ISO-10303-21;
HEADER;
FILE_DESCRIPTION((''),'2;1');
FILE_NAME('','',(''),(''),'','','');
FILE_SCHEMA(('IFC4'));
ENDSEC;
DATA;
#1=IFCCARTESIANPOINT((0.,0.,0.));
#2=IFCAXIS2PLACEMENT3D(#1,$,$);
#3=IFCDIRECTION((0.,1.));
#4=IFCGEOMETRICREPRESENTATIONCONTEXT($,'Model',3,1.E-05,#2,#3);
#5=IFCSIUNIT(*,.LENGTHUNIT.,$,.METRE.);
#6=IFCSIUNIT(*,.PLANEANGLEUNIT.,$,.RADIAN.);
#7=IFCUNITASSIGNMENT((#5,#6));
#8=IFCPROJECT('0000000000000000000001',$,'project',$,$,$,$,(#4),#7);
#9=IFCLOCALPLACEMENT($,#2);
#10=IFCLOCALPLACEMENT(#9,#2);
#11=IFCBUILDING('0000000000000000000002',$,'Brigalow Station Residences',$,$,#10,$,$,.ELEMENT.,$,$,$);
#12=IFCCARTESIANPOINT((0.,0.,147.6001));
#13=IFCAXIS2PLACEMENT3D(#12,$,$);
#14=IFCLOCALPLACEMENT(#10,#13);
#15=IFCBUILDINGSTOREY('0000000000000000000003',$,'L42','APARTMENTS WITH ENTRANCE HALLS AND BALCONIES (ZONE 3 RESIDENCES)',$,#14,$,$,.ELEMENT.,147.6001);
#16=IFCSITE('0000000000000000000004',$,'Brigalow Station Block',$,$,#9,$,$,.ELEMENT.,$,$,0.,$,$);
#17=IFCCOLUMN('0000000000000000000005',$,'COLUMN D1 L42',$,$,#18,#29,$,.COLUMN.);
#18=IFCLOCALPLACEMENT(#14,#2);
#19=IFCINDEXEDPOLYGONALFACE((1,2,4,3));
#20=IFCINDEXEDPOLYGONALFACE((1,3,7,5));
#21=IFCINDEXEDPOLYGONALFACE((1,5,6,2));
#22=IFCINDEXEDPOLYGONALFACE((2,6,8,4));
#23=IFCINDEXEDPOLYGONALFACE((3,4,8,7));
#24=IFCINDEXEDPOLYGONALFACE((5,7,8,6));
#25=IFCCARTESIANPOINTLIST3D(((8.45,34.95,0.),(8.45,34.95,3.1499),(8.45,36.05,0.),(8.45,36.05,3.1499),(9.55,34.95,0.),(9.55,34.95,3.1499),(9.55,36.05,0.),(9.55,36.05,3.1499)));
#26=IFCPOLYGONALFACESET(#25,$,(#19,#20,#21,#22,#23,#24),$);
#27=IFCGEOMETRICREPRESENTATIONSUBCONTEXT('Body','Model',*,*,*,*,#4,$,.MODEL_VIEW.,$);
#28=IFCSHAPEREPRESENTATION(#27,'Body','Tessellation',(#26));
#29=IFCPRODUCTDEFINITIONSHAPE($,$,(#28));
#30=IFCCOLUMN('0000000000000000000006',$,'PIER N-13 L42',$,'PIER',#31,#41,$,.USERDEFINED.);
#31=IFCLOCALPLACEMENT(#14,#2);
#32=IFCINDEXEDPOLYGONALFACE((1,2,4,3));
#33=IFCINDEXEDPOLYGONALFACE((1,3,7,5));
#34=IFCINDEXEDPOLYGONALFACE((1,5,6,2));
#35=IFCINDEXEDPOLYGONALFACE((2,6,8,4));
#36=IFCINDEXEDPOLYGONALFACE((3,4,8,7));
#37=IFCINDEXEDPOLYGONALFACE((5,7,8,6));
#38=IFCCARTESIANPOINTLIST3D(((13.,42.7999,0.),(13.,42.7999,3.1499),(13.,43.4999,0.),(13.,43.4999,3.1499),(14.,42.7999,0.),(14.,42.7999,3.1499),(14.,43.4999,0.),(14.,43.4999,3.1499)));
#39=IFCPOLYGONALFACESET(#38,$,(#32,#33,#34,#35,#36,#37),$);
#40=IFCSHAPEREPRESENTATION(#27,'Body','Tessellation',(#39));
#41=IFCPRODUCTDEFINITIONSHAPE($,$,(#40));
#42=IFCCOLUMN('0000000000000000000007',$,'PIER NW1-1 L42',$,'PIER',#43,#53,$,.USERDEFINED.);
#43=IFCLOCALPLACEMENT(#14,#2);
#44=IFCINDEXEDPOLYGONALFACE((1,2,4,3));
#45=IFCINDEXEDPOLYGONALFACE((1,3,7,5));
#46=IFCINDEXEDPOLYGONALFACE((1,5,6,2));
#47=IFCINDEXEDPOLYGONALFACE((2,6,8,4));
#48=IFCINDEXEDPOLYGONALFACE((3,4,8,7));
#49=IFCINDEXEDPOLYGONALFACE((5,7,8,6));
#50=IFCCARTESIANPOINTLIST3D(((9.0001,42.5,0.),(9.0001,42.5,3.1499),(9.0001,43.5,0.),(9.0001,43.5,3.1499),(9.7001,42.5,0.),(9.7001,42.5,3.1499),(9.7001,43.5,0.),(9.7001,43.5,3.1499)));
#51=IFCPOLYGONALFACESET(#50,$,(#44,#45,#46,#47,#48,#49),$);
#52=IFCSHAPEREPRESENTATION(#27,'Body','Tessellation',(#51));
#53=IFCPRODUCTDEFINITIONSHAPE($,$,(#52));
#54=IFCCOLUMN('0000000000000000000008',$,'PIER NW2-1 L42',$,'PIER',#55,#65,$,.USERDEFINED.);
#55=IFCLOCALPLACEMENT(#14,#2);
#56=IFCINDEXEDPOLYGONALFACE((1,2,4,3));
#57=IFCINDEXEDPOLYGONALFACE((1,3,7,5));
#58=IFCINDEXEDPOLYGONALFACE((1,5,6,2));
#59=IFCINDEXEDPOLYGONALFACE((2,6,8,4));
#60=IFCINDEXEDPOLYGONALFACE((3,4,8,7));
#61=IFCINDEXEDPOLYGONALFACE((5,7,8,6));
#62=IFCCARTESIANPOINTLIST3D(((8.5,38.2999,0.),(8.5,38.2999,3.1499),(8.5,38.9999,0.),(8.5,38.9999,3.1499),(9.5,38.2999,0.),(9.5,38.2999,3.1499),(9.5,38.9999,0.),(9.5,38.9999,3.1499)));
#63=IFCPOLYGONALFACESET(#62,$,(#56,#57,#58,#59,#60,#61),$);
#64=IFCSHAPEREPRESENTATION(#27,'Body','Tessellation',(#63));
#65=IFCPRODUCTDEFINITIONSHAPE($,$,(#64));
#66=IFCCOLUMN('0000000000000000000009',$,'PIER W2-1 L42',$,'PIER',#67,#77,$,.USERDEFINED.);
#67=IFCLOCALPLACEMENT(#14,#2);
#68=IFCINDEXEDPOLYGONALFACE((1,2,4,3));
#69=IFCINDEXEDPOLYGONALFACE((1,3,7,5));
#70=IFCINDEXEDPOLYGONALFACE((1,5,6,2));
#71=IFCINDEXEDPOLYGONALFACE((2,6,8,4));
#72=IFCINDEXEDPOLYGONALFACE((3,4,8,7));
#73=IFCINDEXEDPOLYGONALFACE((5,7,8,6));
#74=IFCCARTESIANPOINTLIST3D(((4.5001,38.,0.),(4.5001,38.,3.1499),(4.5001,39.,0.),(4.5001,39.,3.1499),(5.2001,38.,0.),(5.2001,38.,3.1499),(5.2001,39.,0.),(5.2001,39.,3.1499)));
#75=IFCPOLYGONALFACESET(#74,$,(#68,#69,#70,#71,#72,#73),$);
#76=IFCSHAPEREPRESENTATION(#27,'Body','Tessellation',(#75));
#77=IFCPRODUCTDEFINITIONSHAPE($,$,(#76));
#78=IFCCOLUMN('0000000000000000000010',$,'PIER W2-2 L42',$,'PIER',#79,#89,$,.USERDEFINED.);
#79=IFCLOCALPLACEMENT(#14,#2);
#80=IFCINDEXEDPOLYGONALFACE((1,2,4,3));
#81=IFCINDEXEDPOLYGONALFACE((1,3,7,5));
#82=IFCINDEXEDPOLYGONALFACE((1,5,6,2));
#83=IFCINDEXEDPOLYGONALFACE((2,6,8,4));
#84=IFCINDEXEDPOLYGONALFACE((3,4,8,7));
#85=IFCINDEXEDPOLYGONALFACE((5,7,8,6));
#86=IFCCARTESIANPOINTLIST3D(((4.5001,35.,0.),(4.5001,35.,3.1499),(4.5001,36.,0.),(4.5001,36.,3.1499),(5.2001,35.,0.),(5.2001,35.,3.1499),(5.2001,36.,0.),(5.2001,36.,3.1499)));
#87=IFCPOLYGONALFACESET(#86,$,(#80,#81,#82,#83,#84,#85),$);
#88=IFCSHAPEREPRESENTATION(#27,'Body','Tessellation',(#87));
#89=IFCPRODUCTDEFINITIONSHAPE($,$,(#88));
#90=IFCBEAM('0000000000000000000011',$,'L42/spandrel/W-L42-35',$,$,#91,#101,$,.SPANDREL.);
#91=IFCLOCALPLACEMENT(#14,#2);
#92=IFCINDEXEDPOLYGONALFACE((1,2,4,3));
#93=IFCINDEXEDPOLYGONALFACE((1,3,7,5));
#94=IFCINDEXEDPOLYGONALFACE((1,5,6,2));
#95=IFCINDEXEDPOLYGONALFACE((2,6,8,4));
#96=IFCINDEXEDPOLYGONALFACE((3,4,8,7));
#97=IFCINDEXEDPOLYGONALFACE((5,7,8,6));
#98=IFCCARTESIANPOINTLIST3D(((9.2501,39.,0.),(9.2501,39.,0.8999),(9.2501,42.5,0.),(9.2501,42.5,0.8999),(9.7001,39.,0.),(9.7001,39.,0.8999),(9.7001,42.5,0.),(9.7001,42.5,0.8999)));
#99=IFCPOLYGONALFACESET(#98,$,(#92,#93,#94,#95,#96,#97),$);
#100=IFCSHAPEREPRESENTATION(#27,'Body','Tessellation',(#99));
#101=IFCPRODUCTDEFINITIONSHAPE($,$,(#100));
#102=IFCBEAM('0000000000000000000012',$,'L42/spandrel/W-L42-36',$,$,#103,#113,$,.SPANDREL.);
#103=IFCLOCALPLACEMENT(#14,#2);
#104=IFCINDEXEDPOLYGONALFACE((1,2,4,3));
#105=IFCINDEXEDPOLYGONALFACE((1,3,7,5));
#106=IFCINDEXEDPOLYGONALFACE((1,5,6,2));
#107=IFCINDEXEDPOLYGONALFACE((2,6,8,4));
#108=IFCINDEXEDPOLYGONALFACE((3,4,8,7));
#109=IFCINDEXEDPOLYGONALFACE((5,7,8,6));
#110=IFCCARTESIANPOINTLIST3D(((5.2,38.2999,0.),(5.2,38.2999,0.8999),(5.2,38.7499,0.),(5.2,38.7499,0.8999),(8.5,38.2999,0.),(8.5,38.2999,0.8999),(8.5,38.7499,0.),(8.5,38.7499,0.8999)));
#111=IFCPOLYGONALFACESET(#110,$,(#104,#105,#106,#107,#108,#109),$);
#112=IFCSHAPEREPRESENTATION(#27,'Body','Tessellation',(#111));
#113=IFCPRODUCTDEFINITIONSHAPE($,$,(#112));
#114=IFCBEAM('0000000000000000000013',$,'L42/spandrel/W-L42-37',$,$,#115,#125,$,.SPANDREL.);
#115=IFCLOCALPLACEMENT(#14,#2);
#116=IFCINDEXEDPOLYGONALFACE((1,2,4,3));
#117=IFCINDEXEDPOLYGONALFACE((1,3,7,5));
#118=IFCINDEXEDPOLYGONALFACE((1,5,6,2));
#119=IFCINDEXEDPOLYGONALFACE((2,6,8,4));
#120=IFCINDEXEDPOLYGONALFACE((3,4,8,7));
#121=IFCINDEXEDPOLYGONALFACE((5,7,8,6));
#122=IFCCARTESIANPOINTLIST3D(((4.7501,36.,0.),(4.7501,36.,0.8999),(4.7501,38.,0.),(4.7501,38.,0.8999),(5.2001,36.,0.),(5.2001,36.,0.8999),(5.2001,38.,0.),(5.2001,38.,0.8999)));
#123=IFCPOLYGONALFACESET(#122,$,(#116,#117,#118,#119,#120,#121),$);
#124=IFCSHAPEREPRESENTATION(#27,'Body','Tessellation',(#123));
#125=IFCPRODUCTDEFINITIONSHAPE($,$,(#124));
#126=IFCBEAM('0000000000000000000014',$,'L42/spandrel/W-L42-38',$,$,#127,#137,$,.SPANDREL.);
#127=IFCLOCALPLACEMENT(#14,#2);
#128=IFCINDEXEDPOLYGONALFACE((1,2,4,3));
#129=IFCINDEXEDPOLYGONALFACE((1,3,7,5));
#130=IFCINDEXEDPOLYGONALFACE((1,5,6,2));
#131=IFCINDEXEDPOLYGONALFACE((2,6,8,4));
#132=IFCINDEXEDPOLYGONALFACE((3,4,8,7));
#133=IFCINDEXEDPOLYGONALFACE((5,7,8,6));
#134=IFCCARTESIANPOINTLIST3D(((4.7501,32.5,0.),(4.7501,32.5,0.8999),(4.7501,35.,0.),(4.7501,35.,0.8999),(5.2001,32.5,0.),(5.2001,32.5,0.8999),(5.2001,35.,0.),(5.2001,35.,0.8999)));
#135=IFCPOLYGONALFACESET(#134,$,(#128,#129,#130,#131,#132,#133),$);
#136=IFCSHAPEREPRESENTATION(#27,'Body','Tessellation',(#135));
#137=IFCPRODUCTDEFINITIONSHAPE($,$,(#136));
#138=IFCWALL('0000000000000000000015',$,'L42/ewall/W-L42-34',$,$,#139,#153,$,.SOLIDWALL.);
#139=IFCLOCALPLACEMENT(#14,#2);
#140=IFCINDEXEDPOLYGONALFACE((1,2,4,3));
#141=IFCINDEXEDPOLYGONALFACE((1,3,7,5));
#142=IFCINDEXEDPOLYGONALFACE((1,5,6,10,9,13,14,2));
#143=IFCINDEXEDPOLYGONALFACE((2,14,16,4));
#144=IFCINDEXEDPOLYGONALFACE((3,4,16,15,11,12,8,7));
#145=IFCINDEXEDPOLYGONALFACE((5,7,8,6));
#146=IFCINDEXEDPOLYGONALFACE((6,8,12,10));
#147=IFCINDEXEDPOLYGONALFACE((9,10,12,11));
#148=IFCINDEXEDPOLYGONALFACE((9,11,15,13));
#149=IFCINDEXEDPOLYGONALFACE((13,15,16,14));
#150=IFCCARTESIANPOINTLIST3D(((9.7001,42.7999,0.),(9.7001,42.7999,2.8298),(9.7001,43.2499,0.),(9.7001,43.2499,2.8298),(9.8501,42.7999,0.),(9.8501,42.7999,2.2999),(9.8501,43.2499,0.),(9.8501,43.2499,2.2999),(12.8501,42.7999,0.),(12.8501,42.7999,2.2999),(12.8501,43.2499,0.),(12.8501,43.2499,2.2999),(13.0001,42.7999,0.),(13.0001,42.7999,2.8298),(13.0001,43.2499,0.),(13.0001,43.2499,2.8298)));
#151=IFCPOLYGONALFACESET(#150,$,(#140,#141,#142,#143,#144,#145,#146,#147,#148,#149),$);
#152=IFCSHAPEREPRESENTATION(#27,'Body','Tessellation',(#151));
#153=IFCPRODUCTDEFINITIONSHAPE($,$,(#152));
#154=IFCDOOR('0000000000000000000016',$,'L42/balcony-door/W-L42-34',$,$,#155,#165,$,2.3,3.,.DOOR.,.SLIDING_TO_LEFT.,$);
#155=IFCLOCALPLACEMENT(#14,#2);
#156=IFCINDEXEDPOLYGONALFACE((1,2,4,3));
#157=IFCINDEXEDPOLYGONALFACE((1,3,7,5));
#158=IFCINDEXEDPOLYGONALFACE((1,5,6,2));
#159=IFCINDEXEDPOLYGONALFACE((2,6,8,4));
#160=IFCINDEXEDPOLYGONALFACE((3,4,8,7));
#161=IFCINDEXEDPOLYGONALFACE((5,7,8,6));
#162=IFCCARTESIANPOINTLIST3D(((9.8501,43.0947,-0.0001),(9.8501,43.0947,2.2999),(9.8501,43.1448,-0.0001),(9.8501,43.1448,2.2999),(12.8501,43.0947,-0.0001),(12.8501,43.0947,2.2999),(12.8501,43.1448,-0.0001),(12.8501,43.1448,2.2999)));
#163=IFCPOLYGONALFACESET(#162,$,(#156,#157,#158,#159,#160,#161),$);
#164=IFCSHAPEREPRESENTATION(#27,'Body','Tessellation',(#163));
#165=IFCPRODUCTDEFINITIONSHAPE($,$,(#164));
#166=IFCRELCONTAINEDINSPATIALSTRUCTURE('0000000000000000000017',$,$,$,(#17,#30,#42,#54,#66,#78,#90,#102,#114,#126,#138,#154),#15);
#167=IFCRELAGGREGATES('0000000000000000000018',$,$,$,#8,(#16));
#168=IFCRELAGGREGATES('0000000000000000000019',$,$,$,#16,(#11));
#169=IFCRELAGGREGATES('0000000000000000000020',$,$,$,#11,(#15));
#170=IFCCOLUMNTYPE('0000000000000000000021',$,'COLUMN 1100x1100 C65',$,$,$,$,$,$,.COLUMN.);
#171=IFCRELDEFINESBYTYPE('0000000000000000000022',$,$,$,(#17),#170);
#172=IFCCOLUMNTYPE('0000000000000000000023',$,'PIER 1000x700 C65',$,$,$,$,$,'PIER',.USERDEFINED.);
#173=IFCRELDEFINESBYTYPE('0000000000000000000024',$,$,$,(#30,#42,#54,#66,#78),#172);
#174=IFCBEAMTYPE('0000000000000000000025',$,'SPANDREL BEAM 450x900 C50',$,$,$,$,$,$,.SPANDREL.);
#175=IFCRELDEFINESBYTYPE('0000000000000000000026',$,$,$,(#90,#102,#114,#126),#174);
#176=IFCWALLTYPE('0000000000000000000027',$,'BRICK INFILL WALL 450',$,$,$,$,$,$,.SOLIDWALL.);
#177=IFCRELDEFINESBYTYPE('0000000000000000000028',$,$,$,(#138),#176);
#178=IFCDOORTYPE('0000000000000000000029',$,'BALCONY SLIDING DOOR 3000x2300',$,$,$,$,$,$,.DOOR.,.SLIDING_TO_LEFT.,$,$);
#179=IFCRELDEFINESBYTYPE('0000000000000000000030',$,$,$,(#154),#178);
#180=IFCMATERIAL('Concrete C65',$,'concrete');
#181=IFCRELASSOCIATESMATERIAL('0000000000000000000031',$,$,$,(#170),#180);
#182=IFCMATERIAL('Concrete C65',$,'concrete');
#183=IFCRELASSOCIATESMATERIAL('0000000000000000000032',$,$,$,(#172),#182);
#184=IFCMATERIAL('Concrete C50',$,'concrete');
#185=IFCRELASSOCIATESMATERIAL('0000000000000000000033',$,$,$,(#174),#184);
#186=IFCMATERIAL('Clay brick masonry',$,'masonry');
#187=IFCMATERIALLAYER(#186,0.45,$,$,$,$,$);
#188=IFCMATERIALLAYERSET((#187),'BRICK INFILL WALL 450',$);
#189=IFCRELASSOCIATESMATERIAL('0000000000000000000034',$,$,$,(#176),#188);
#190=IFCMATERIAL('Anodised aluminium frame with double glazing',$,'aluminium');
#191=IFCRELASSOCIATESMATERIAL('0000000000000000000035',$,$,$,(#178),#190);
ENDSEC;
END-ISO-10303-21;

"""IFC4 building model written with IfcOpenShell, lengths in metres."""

from ifc_helpers import new_model, si_unit, direction, frame, frame_2d, origin, origin_2d, place, context, subcontext, project, spatial, rectangle, extrude, material, layer, layer_set, material_profile, profile_set, type_object, element, fill, save


model = new_model("IFC4")

# Units and contexts
model_context = context("Model", 3, precision=1e-05, world=origin(), true_north=direction((0.0, 1.0)))
body_context = subcontext(model_context, "Body", "Model", "MODEL_VIEW")
ifc_project = project(units=[si_unit("LENGTHUNIT", "METRE"), si_unit("PLANEANGLEUNIT", "RADIAN")], contexts=[model_context])

# Site, building, storey
site_placement = place(None, origin())
site = spatial("IfcSite", under=ifc_project, at=site_placement, Name="Brigalow Station Block", CompositionType="ELEMENT", RefElevation=0.0)
building_placement = place(site_placement, origin())
building = spatial("IfcBuilding", under=site, at=building_placement, Name="Brigalow Station Residences", CompositionType="ELEMENT")
storey_placement = place(building_placement, frame((0.0, 0.0, 147.6001)))
storey = spatial("IfcBuildingStorey", under=building, at=storey_placement, Name="L42", Description="APARTMENTS WITH ENTRANCE HALLS AND BALCONIES (ZONE 3 RESIDENCES)", CompositionType="ELEMENT", Elevation=147.6001)

# Columns
ifc_material_1 = material(Name="Concrete C65", Category="concrete")
ifc_material_profile_1 = material_profile(ifc_material_1, rectangle(XDim=1.1001, YDim=1.1001, at=origin_2d()), Name="RC1100x1100")
ifc_profile_set_1 = profile_set([ifc_material_profile_1], Name="Concrete C65")
column_type_1 = type_object("IfcColumnType", Name="COLUMN 1100x1100 C65", PredefinedType="COLUMN", material=ifc_profile_set_1)
column_placement = place(storey_placement, frame((9.0, 35.5, 0.0), z_axis=(0.0, 0.0, 1.0), x_axis=(1.0, 0.0, 0.0)))
element("IfcColumn", 1, at=column_placement, inside=storey, type_object=column_type_1, Name="COLUMN D1 L42", PredefinedType="COLUMN", context=body_context, shape_type="SweptSolid", body=[
    extrude(rectangle(XDim=1.1001, YDim=1.1001, at=origin_2d()), origin(), (0.0, 0.0, 1.0), 3.1499),
])
ifc_material_2 = material(Name="Concrete C65", Category="concrete")
ifc_material_profile_2 = material_profile(ifc_material_2, rectangle(XDim=1.0, YDim=0.7, at=origin_2d()), Name="RC1000x700")
ifc_profile_set_2 = profile_set([ifc_material_profile_2], Name="Concrete C65")
column_type_2 = type_object("IfcColumnType", Name="PIER 1000x700 C65", ElementType="PIER", PredefinedType="USERDEFINED", material=ifc_profile_set_2)
for number, where, z_axis, x_axis, name in (
    (2, (13.5, 43.1499, 0.0), (0.0, 0.0, 1.0), (-1.0, 0.0, 0.0), "PIER N-13 L42"),
    (3, (9.3501, 43.0, 0.0), (0.0, 0.0, 1.0), (0.0, -1.0, 0.0), "PIER NW1-1 L42"),
    (4, (9.0, 38.6499, 0.0), (0.0, 0.0, 1.0), (-1.0, 0.0, 0.0), "PIER NW2-1 L42"),
    (5, (4.8501, 38.5, 0.0), (0.0, 0.0, 1.0), (0.0, -1.0, 0.0), "PIER W2-1 L42"),
    (6, (4.8501, 35.5, 0.0), (0.0, 0.0, 1.0), (0.0, -1.0, 0.0), "PIER W2-2 L42"),
):
    element("IfcColumn", number, at=place(storey_placement, frame(where, z_axis=z_axis, x_axis=x_axis)), inside=storey, type_object=column_type_2, Name=name, ObjectType="PIER", PredefinedType="USERDEFINED", context=body_context, shape_type="SweptSolid", body=[
        extrude(rectangle(XDim=1.0, YDim=0.7, at=origin_2d()), origin(), (0.0, 0.0, 1.0), 3.1499),
    ])

# Beams
ifc_material_3 = material(Name="Concrete C50", Category="concrete")
ifc_material_profile_3 = material_profile(ifc_material_3, rectangle(XDim=0.45, YDim=0.8999, at=origin_2d()), Name="RC450x900")
ifc_profile_set_3 = profile_set([ifc_material_profile_3], Name="Concrete C50")
beam_type = type_object("IfcBeamType", Name="SPANDREL BEAM 450x900 C50", PredefinedType="SPANDREL", material=ifc_profile_set_3)
beam_1_placement = place(storey_placement, frame((9.4751, 42.5, 0.45), z_axis=(0.0, -1.0, 0.0), x_axis=(1.0, 0.0, 0.0)))
element("IfcBeam", 7, at=beam_1_placement, inside=storey, type_object=beam_type, Name="L42/spandrel/W-L42-35", PredefinedType="SPANDREL", context=body_context, shape_type="SweptSolid", body=[
    extrude(rectangle(XDim=0.45, YDim=0.8999, at=origin_2d()), origin(), (0.0, 0.0, 1.0), 3.5),
])
beam_2_placement = place(storey_placement, frame((8.5, 38.5249, 0.45), z_axis=(-1.0, 0.0, 0.0), x_axis=(0.0, -1.0, 0.0)))
element("IfcBeam", 8, at=beam_2_placement, inside=storey, type_object=beam_type, Name="L42/spandrel/W-L42-36", PredefinedType="SPANDREL", context=body_context, shape_type="SweptSolid", body=[
    extrude(rectangle(XDim=0.45, YDim=0.8999, at=origin_2d()), origin(), (0.0, 0.0, 1.0), 3.3),
])
beam_3_placement = place(storey_placement, frame((4.9751, 38.0, 0.45), z_axis=(0.0, -1.0, 0.0), x_axis=(1.0, 0.0, 0.0)))
element("IfcBeam", 9, at=beam_3_placement, inside=storey, type_object=beam_type, Name="L42/spandrel/W-L42-37", PredefinedType="SPANDREL", context=body_context, shape_type="SweptSolid", body=[
    extrude(rectangle(XDim=0.45, YDim=0.8999, at=origin_2d()), origin(), (0.0, 0.0, 1.0), 2.0),
])
beam_4_placement = place(storey_placement, frame((4.9751, 35.0, 0.45), z_axis=(0.0, -1.0, 0.0), x_axis=(1.0, 0.0, 0.0)))
element("IfcBeam", 10, at=beam_4_placement, inside=storey, type_object=beam_type, Name="L42/spandrel/W-L42-38", PredefinedType="SPANDREL", context=body_context, shape_type="SweptSolid", body=[
    extrude(rectangle(XDim=0.45, YDim=0.8999, at=origin_2d()), origin(), (0.0, 0.0, 1.0), 2.5),
])

# Wall, opening, door
ifc_material_4 = material(Name="Clay brick masonry", Category="masonry")
ifc_layer_1 = layer(ifc_material_4, 0.45)
ifc_layer_set_1 = layer_set([ifc_layer_1], Name="BRICK INFILL WALL 450")
wall_type_1 = type_object("IfcWallType", Name="BRICK INFILL WALL 450", PredefinedType="SOLIDWALL", material=ifc_layer_set_1)
wall_1_placement = place(storey_placement, frame((13.0, 43.0249, 0.0), z_axis=(0.0, 0.0, 1.0), x_axis=(-1.0, 0.0, 0.0)))
wall_1 = element("IfcWall", 11, at=wall_1_placement, inside=storey, type_object=wall_type_1, Name="L42/ewall/W-L42-34", PredefinedType="SOLIDWALL", context=body_context, shape_type="SweptSolid", body=[
    extrude(rectangle(XDim=3.3, YDim=0.45, at=frame_2d((1.6499, 0.0))), origin(), (0.0, 0.0, 1.0), 2.8298),
])
opening_1_placement = place(wall_1_placement, frame((0.1499, 0.0, 0.0)))
opening_1 = element("IfcOpeningElement", 12, at=opening_1_placement, cuts=wall_1, PredefinedType="OPENING", context=body_context, shape_type="SweptSolid", body=[
    extrude(rectangle(XDim=3.0, YDim=2.3, at=frame_2d((1.5, 1.1499))), frame((0.0, 0.2349, 0.0), z_axis=(0.0, -1.0, 0.0), x_axis=(1.0, 0.0, 0.0)), (0.0, 0.0, 1.0), 0.47),
])
ifc_material_5 = material(Name="Anodised aluminium frame with double glazing", Category="aluminium")
door_type_1 = type_object("IfcDoorType", Name="BALCONY SLIDING DOOR 3000x2300", OperationType="SLIDING_TO_LEFT", PredefinedType="DOOR", material=ifc_material_5)
door_1_placement = place(opening_1_placement, origin())
door_1 = element("IfcDoor", 13, at=door_1_placement, inside=storey, type_object=door_type_1, Name="L42/balcony-door/W-L42-34", OperationType="SLIDING_TO_LEFT", OverallHeight=2.3, OverallWidth=3.0, PredefinedType="DOOR", context=body_context, shape_type="SweptSolid", body=[
    extrude(rectangle(XDim=3.0, YDim=2.3, at=frame_2d((1.5, 1.1499))), frame((0.0, -0.0698, 0.0), z_axis=(0.0, -1.0, 0.0), x_axis=(1.0, 0.0, 0.0)), (0.0, 0.0, 1.0), 0.05),
])
fill(opening_1, door_1)

save(model, "model.ifc")
